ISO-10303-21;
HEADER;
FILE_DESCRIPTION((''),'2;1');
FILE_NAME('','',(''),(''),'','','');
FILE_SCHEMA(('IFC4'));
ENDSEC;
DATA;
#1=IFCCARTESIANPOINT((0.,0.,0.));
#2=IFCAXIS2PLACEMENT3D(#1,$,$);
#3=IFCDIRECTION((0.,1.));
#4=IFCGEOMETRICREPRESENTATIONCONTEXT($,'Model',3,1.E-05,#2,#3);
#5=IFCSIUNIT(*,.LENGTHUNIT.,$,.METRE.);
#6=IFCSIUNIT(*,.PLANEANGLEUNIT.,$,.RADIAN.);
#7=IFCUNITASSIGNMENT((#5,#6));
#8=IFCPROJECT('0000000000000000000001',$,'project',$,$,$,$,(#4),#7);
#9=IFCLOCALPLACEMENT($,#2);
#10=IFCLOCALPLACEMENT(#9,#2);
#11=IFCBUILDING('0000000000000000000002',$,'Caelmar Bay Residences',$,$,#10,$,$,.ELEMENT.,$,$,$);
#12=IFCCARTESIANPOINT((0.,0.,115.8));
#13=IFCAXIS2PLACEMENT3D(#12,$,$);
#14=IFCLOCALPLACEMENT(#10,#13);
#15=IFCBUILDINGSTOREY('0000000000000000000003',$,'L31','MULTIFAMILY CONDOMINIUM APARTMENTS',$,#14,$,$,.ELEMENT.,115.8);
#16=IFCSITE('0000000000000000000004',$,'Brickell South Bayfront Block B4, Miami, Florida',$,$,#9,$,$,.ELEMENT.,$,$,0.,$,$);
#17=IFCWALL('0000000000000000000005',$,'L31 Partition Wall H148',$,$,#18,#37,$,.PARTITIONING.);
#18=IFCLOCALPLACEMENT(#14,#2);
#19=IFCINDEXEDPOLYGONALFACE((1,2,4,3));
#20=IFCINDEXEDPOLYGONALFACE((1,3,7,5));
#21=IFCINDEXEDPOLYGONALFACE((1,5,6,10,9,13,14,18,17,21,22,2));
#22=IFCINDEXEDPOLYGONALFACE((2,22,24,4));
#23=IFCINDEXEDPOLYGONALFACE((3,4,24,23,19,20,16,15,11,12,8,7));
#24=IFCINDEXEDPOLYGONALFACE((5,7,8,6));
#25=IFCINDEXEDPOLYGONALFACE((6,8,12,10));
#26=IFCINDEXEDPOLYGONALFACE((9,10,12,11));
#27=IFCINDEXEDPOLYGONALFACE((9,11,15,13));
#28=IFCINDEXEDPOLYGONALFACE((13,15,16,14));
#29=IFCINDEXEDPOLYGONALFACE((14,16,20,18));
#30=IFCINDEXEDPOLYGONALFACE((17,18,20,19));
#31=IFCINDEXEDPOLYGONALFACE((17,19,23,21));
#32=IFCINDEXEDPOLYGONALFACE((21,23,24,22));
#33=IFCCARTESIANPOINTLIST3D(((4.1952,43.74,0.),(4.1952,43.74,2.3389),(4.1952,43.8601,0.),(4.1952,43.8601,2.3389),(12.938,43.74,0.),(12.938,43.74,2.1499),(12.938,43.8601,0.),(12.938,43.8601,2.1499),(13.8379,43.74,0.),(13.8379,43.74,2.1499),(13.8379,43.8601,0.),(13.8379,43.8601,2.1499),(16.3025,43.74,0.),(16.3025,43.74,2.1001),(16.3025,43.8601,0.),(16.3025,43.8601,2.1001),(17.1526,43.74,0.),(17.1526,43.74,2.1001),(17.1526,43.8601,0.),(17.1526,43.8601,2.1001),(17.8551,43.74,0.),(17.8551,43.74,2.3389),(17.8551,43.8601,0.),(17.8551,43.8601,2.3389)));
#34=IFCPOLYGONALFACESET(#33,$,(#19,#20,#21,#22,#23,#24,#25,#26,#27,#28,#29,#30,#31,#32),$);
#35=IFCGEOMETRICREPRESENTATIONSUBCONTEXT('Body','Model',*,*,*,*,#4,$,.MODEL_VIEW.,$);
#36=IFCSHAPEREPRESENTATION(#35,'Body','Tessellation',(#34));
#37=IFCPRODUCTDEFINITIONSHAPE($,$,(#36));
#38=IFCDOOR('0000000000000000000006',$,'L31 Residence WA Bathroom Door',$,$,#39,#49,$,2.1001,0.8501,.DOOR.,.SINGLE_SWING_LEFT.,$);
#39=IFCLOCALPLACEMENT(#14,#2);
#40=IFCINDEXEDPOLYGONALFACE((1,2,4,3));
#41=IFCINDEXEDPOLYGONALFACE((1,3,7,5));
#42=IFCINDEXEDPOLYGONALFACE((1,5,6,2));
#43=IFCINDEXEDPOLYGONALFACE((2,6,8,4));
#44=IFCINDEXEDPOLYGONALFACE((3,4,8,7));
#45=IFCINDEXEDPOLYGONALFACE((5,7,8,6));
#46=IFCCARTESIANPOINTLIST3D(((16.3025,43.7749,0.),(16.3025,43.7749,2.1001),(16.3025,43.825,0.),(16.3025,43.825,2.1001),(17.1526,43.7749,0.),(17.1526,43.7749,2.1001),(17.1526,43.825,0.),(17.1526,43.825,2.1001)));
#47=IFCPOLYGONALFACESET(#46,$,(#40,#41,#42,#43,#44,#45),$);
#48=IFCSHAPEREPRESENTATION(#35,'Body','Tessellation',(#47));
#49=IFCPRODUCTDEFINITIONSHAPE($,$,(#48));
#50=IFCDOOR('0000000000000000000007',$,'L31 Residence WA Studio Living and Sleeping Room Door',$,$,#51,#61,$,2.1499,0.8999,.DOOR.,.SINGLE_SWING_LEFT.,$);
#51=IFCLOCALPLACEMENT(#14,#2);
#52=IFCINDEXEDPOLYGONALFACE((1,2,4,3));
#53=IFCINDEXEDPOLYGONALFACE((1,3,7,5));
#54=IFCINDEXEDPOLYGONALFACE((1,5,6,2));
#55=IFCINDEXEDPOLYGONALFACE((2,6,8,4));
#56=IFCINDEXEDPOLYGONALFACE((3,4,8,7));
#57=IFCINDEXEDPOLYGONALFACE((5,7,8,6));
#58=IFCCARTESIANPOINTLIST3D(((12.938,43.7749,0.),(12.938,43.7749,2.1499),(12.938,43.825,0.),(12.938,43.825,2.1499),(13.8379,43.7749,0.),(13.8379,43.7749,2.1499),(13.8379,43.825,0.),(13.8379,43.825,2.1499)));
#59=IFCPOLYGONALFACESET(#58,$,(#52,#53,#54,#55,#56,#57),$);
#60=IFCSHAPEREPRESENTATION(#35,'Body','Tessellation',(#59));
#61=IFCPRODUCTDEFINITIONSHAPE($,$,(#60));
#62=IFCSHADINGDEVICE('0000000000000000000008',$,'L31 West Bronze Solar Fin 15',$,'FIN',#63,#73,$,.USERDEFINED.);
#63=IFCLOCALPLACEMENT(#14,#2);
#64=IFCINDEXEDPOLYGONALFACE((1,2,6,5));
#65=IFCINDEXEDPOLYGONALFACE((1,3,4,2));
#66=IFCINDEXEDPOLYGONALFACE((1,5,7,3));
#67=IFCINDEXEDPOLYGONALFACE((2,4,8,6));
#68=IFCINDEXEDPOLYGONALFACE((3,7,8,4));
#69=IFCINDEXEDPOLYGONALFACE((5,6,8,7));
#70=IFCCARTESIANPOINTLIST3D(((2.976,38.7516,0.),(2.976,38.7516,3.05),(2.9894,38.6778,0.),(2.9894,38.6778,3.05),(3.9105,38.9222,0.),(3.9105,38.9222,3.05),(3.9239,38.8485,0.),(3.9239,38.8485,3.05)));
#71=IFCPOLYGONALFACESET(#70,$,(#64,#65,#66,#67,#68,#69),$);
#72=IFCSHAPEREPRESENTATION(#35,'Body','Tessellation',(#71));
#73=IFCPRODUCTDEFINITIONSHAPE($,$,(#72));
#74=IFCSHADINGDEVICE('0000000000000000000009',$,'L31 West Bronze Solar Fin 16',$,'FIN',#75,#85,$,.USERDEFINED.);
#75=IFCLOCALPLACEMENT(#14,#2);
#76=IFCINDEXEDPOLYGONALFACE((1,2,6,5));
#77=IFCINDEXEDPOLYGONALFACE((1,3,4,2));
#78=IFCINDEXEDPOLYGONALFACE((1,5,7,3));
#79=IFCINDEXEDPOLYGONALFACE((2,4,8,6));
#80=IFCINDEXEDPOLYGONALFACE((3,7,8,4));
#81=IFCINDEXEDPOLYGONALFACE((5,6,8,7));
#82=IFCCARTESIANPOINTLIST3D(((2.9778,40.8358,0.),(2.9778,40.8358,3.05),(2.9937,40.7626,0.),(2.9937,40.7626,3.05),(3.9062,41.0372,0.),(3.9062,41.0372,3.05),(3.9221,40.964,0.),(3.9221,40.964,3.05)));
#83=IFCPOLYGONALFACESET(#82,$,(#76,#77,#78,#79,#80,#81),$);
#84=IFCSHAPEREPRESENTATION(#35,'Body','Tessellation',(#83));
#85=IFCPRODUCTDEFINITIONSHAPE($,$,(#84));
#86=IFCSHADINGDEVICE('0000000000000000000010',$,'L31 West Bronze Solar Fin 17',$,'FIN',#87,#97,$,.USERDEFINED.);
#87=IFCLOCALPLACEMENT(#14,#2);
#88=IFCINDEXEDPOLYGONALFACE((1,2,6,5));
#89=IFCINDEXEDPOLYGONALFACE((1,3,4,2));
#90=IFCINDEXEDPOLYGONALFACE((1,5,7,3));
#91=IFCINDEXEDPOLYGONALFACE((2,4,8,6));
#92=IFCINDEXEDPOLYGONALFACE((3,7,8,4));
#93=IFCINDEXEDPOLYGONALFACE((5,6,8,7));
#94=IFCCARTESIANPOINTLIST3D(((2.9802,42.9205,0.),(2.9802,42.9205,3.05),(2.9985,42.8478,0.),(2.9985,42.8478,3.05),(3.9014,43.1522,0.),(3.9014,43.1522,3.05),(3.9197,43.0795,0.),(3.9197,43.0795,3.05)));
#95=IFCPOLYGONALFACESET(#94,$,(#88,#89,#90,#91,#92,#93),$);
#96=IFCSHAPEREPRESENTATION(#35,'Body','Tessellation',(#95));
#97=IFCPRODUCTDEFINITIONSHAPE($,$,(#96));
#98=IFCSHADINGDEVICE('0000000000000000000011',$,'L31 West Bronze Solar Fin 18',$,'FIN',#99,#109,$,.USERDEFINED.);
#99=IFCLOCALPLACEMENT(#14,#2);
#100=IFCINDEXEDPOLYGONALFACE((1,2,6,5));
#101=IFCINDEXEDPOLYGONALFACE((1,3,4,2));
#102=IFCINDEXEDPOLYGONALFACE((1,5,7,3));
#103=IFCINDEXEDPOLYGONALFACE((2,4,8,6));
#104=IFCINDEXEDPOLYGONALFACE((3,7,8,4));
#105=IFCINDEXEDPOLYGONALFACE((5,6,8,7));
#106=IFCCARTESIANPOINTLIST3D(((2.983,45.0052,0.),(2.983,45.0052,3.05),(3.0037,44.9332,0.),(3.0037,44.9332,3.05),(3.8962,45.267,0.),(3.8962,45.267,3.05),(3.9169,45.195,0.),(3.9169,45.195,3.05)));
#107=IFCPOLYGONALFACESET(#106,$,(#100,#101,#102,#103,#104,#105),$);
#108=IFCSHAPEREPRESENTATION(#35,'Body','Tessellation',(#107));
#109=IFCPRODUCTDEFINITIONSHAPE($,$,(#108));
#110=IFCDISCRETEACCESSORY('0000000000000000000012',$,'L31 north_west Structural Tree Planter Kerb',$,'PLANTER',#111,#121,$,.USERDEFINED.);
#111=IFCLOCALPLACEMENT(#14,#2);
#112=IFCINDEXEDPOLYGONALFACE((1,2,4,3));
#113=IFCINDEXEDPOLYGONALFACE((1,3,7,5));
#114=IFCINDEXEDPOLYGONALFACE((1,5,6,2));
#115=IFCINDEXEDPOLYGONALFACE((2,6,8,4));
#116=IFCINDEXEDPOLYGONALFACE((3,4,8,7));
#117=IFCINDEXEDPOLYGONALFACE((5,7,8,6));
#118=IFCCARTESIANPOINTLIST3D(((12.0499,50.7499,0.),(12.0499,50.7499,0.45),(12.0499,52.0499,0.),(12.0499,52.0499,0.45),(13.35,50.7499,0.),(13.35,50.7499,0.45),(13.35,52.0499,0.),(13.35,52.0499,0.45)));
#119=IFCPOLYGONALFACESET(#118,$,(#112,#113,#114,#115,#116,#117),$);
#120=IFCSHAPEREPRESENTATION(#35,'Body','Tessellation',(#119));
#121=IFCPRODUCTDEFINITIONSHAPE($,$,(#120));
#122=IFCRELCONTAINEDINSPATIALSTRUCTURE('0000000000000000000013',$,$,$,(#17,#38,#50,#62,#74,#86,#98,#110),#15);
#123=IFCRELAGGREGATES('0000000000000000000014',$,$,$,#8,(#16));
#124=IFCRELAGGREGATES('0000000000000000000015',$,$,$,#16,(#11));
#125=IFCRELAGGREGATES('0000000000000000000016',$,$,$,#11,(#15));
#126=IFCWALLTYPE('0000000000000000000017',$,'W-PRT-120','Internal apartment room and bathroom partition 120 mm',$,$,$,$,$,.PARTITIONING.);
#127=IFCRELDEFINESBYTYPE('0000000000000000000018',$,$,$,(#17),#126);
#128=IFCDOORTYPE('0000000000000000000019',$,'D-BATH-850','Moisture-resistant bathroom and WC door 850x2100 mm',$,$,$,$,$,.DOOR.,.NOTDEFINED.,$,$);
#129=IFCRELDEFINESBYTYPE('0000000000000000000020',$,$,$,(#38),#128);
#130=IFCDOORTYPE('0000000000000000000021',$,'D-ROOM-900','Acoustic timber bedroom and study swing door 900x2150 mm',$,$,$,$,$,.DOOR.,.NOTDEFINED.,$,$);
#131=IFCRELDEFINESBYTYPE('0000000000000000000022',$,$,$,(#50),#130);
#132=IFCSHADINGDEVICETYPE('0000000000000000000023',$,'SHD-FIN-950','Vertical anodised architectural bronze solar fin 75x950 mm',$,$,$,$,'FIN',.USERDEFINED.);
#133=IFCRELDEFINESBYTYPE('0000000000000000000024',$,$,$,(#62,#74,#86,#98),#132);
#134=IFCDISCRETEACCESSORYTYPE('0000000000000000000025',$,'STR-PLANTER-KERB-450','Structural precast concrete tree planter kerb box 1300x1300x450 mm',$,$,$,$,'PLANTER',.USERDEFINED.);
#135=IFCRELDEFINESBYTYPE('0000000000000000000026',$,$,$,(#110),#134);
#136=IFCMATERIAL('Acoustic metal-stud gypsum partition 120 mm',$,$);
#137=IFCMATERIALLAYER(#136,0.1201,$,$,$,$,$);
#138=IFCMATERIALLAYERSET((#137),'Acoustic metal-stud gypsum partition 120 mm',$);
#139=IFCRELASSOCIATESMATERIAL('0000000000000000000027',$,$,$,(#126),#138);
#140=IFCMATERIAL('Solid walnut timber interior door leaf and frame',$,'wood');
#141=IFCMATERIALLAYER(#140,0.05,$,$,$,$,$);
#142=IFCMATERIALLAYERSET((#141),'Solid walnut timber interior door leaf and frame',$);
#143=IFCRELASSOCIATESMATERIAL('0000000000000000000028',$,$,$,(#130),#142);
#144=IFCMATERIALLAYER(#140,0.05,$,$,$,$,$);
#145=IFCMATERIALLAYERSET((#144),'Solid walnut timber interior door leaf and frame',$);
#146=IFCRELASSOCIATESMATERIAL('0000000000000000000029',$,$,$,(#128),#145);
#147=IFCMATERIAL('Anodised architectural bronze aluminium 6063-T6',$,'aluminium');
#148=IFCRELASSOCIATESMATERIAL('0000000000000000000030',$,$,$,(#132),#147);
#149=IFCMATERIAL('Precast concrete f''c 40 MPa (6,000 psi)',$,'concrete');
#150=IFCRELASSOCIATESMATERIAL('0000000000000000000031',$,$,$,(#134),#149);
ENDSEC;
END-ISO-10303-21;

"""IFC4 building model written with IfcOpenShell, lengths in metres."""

from ifc_helpers import new_model, si_unit, direction, frame, frame_2d, origin, origin_2d, place, context, subcontext, project, spatial, rectangle, extrude, material, layer, layer_set, material_profile, profile_set, type_object, element, fill, save


model = new_model("IFC4")

# Units and contexts
model_context = context("Model", 3, precision=1e-05, world=origin(), true_north=direction((0.0, 1.0)))
body_context = subcontext(model_context, "Body", "Model", "MODEL_VIEW")
ifc_project = project(units=[si_unit("LENGTHUNIT", "METRE"), si_unit("PLANEANGLEUNIT", "RADIAN")], contexts=[model_context])

# Site, building, storey
site_placement = place(None, origin())
site = spatial("IfcSite", under=ifc_project, at=site_placement, Name="Brickell South Bayfront Block B4, Miami, Florida", CompositionType="ELEMENT", RefElevation=0.0)
building_placement = place(site_placement, origin())
building = spatial("IfcBuilding", under=site, at=building_placement, Name="Caelmar Bay Residences", CompositionType="ELEMENT")
storey_placement = place(building_placement, frame((0.0, 0.0, 115.8)))
storey = spatial("IfcBuildingStorey", under=building, at=storey_placement, Name="L31", Description="MULTIFAMILY CONDOMINIUM APARTMENTS", CompositionType="ELEMENT", Elevation=115.8)

# Shared definitions
ifc_material_1 = material(Name="Precast concrete f'c 40 MPa (6,000 psi)", Category="concrete")

# Shared definitions
ifc_material_2 = material(Name="Acoustic metal-stud gypsum partition 120 mm")
ifc_layer_1 = layer(ifc_material_2, 0.1201)
ifc_layer_set_1 = layer_set([ifc_layer_1], Name="Acoustic metal-stud gypsum partition 120 mm")
wall_type_1 = type_object("IfcWallType", Name="W-PRT-120", Description="Internal apartment room and bathroom partition 120 mm", PredefinedType="PARTITIONING", material=ifc_layer_set_1)
ifc_material_3 = material(Name="Solid walnut timber interior door leaf and frame", Category="wood")
ifc_layer_2 = layer(ifc_material_3, 0.05)
ifc_layer_set_2 = layer_set([ifc_layer_2], Name="Solid walnut timber interior door leaf and frame")
door_type_1 = type_object("IfcDoorType", Name="D-ROOM-900", Description="Acoustic timber bedroom and study swing door 900x2150 mm", OperationType="NOTDEFINED", PredefinedType="DOOR", material=ifc_layer_set_2)

# Wall, openings, doors
wall_1_placement = place(storey_placement, frame((4.1951, 43.8, 0.0), z_axis=(0.0, 0.0, 1.0), x_axis=(1.0, 0.0, 0.0)))
wall_1 = element("IfcWall", 1, at=wall_1_placement, inside=storey, type_object=wall_type_1, Name="L31 Partition Wall H148", PredefinedType="PARTITIONING", context=body_context, shape_type="SweptSolid", body=[
    extrude(rectangle(XDim=13.6599, YDim=0.1201, at=frame_2d((6.8301, 0.0))), origin(), (0.0, 0.0, 1.0), 2.3389),
])
opening_1_placement = place(wall_1_placement, frame((8.7429, 0.0, 0.0)))
opening_1 = element("IfcOpeningElement", 2, at=opening_1_placement, cuts=wall_1, PredefinedType="OPENING", context=body_context, shape_type="SweptSolid", body=[
    extrude(rectangle(XDim=0.8999, YDim=2.1499, at=frame_2d((0.45, 1.075))), frame((0.0, 0.0701, 0.0), z_axis=(0.0, -1.0, 0.0), x_axis=(1.0, 0.0, 0.0)), (0.0, 0.0, 1.0), 0.1401),
])
opening_2_placement = place(wall_1_placement, frame((12.1074, 0.0, 0.0)))
opening_2 = element("IfcOpeningElement", 3, at=opening_2_placement, cuts=wall_1, PredefinedType="OPENING", context=body_context, shape_type="SweptSolid", body=[
    extrude(rectangle(XDim=0.8501, YDim=2.1001, at=frame_2d((0.425, 1.05))), frame((0.0, 0.0701, 0.0), z_axis=(0.0, -1.0, 0.0), x_axis=(1.0, 0.0, 0.0)), (0.0, 0.0, 1.0), 0.1401),
])
ifc_layer_3 = layer(ifc_material_3, 0.05)
ifc_layer_set_3 = layer_set([ifc_layer_3], Name="Solid walnut timber interior door leaf and frame")
door_type_2 = type_object("IfcDoorType", Name="D-BATH-850", Description="Moisture-resistant bathroom and WC door 850x2100 mm", OperationType="NOTDEFINED", PredefinedType="DOOR", material=ifc_layer_set_3)
door_1_placement = place(opening_2_placement, origin())
door_1 = element("IfcDoor", 4, at=door_1_placement, inside=storey, type_object=door_type_2, Name="L31 Residence WA Bathroom Door", OperationType="SINGLE_SWING_LEFT", OverallHeight=2.1001, OverallWidth=0.8501, PredefinedType="DOOR", context=body_context, shape_type="SweptSolid", body=[
    extrude(rectangle(XDim=0.8501, YDim=2.1001, at=frame_2d((0.425, 1.05))), frame((0.0, 0.0249, 0.0), z_axis=(0.0, -1.0, 0.0), x_axis=(1.0, 0.0, 0.0)), (0.0, 0.0, 1.0), 0.05),
])
fill(opening_2, door_1)
door_2_placement = place(opening_1_placement, origin())
door_2 = element("IfcDoor", 5, at=door_2_placement, inside=storey, type_object=door_type_1, Name="L31 Residence WA Studio Living and Sleeping Room Door", OperationType="SINGLE_SWING_LEFT", OverallHeight=2.1499, OverallWidth=0.8999, PredefinedType="DOOR", context=body_context, shape_type="SweptSolid", body=[
    extrude(rectangle(XDim=0.8999, YDim=2.1499, at=frame_2d((0.45, 1.075))), frame((0.0, 0.0249, 0.0), z_axis=(0.0, -1.0, 0.0), x_axis=(1.0, 0.0, 0.0)), (0.0, 0.0, 1.0), 0.05),
])
fill(opening_1, door_2)

# Shading devices
ifc_material_4 = material(Name="Anodised architectural bronze aluminium 6063-T6", Category="aluminium")
ifc_material_profile_1 = material_profile(ifc_material_4, rectangle(XDim=0.075, YDim=0.95, at=origin_2d()), Name="BRONZE-FIN-75X950")
ifc_profile_set_1 = profile_set([ifc_material_profile_1], Name="Anodised architectural bronze aluminium 6063-T6")
shading_device_type = type_object("IfcShadingDeviceType", Name="SHD-FIN-950", Description="Vertical anodised architectural bronze solar fin 75x950 mm", ElementType="FIN", PredefinedType="USERDEFINED", material=ifc_profile_set_1)
for number, where, z_axis, x_axis, name in (
    (6, (3.45, 38.8, 0.0), (0.0, 0.0, 1.0), (-0.179661, 0.983729, 0.0), "L31 West Bronze Solar Fin 15"),
    (7, (3.45, 40.8999, 0.0), (0.0, 0.0, 1.0), (-0.212007, 0.977268, 0.0), "L31 West Bronze Solar Fin 16"),
    (8, (3.45, 43.0, 0.0), (0.0, 0.0, 1.0), (-0.243954, 0.969787, 0.0), "L31 West Bronze Solar Fin 17"),
    (9, (3.45, 45.1001, 0.0), (0.0, 0.0, 1.0), (-0.275637, 0.961262, 0.0), "L31 West Bronze Solar Fin 18"),
):
    element("IfcShadingDevice", number, at=place(storey_placement, frame(where, z_axis=z_axis, x_axis=x_axis)), inside=storey, type_object=shading_device_type, Name=name, ObjectType="FIN", PredefinedType="USERDEFINED", context=body_context, shape_type="SweptSolid", body=[
        extrude(rectangle(XDim=0.075, YDim=0.95, at=origin_2d()), origin(), (0.0, 0.0, 1.0), 3.05),
    ])

# Discrete accessory
discrete_accessory_type = type_object("IfcDiscreteAccessoryType", Name="STR-PLANTER-KERB-450", Description="Structural precast concrete tree planter kerb box 1300x1300x450 mm", ElementType="PLANTER", PredefinedType="USERDEFINED", material=ifc_material_1)
discrete_accessory_placement = place(storey_placement, frame((12.7, 51.3999, 0.0), z_axis=(0.0, 0.0, 1.0), x_axis=(1.0, 0.0, 0.0)))
element("IfcDiscreteAccessory", 10, at=discrete_accessory_placement, inside=storey, type_object=discrete_accessory_type, Name="L31 north_west Structural Tree Planter Kerb", ObjectType="PLANTER", PredefinedType="USERDEFINED", context=body_context, shape_type="SweptSolid", body=[
    extrude(rectangle(XDim=1.3, YDim=1.3, at=origin_2d()), origin(), (0.0, 0.0, 1.0), 0.45),
])

save(model, "model.ifc")
